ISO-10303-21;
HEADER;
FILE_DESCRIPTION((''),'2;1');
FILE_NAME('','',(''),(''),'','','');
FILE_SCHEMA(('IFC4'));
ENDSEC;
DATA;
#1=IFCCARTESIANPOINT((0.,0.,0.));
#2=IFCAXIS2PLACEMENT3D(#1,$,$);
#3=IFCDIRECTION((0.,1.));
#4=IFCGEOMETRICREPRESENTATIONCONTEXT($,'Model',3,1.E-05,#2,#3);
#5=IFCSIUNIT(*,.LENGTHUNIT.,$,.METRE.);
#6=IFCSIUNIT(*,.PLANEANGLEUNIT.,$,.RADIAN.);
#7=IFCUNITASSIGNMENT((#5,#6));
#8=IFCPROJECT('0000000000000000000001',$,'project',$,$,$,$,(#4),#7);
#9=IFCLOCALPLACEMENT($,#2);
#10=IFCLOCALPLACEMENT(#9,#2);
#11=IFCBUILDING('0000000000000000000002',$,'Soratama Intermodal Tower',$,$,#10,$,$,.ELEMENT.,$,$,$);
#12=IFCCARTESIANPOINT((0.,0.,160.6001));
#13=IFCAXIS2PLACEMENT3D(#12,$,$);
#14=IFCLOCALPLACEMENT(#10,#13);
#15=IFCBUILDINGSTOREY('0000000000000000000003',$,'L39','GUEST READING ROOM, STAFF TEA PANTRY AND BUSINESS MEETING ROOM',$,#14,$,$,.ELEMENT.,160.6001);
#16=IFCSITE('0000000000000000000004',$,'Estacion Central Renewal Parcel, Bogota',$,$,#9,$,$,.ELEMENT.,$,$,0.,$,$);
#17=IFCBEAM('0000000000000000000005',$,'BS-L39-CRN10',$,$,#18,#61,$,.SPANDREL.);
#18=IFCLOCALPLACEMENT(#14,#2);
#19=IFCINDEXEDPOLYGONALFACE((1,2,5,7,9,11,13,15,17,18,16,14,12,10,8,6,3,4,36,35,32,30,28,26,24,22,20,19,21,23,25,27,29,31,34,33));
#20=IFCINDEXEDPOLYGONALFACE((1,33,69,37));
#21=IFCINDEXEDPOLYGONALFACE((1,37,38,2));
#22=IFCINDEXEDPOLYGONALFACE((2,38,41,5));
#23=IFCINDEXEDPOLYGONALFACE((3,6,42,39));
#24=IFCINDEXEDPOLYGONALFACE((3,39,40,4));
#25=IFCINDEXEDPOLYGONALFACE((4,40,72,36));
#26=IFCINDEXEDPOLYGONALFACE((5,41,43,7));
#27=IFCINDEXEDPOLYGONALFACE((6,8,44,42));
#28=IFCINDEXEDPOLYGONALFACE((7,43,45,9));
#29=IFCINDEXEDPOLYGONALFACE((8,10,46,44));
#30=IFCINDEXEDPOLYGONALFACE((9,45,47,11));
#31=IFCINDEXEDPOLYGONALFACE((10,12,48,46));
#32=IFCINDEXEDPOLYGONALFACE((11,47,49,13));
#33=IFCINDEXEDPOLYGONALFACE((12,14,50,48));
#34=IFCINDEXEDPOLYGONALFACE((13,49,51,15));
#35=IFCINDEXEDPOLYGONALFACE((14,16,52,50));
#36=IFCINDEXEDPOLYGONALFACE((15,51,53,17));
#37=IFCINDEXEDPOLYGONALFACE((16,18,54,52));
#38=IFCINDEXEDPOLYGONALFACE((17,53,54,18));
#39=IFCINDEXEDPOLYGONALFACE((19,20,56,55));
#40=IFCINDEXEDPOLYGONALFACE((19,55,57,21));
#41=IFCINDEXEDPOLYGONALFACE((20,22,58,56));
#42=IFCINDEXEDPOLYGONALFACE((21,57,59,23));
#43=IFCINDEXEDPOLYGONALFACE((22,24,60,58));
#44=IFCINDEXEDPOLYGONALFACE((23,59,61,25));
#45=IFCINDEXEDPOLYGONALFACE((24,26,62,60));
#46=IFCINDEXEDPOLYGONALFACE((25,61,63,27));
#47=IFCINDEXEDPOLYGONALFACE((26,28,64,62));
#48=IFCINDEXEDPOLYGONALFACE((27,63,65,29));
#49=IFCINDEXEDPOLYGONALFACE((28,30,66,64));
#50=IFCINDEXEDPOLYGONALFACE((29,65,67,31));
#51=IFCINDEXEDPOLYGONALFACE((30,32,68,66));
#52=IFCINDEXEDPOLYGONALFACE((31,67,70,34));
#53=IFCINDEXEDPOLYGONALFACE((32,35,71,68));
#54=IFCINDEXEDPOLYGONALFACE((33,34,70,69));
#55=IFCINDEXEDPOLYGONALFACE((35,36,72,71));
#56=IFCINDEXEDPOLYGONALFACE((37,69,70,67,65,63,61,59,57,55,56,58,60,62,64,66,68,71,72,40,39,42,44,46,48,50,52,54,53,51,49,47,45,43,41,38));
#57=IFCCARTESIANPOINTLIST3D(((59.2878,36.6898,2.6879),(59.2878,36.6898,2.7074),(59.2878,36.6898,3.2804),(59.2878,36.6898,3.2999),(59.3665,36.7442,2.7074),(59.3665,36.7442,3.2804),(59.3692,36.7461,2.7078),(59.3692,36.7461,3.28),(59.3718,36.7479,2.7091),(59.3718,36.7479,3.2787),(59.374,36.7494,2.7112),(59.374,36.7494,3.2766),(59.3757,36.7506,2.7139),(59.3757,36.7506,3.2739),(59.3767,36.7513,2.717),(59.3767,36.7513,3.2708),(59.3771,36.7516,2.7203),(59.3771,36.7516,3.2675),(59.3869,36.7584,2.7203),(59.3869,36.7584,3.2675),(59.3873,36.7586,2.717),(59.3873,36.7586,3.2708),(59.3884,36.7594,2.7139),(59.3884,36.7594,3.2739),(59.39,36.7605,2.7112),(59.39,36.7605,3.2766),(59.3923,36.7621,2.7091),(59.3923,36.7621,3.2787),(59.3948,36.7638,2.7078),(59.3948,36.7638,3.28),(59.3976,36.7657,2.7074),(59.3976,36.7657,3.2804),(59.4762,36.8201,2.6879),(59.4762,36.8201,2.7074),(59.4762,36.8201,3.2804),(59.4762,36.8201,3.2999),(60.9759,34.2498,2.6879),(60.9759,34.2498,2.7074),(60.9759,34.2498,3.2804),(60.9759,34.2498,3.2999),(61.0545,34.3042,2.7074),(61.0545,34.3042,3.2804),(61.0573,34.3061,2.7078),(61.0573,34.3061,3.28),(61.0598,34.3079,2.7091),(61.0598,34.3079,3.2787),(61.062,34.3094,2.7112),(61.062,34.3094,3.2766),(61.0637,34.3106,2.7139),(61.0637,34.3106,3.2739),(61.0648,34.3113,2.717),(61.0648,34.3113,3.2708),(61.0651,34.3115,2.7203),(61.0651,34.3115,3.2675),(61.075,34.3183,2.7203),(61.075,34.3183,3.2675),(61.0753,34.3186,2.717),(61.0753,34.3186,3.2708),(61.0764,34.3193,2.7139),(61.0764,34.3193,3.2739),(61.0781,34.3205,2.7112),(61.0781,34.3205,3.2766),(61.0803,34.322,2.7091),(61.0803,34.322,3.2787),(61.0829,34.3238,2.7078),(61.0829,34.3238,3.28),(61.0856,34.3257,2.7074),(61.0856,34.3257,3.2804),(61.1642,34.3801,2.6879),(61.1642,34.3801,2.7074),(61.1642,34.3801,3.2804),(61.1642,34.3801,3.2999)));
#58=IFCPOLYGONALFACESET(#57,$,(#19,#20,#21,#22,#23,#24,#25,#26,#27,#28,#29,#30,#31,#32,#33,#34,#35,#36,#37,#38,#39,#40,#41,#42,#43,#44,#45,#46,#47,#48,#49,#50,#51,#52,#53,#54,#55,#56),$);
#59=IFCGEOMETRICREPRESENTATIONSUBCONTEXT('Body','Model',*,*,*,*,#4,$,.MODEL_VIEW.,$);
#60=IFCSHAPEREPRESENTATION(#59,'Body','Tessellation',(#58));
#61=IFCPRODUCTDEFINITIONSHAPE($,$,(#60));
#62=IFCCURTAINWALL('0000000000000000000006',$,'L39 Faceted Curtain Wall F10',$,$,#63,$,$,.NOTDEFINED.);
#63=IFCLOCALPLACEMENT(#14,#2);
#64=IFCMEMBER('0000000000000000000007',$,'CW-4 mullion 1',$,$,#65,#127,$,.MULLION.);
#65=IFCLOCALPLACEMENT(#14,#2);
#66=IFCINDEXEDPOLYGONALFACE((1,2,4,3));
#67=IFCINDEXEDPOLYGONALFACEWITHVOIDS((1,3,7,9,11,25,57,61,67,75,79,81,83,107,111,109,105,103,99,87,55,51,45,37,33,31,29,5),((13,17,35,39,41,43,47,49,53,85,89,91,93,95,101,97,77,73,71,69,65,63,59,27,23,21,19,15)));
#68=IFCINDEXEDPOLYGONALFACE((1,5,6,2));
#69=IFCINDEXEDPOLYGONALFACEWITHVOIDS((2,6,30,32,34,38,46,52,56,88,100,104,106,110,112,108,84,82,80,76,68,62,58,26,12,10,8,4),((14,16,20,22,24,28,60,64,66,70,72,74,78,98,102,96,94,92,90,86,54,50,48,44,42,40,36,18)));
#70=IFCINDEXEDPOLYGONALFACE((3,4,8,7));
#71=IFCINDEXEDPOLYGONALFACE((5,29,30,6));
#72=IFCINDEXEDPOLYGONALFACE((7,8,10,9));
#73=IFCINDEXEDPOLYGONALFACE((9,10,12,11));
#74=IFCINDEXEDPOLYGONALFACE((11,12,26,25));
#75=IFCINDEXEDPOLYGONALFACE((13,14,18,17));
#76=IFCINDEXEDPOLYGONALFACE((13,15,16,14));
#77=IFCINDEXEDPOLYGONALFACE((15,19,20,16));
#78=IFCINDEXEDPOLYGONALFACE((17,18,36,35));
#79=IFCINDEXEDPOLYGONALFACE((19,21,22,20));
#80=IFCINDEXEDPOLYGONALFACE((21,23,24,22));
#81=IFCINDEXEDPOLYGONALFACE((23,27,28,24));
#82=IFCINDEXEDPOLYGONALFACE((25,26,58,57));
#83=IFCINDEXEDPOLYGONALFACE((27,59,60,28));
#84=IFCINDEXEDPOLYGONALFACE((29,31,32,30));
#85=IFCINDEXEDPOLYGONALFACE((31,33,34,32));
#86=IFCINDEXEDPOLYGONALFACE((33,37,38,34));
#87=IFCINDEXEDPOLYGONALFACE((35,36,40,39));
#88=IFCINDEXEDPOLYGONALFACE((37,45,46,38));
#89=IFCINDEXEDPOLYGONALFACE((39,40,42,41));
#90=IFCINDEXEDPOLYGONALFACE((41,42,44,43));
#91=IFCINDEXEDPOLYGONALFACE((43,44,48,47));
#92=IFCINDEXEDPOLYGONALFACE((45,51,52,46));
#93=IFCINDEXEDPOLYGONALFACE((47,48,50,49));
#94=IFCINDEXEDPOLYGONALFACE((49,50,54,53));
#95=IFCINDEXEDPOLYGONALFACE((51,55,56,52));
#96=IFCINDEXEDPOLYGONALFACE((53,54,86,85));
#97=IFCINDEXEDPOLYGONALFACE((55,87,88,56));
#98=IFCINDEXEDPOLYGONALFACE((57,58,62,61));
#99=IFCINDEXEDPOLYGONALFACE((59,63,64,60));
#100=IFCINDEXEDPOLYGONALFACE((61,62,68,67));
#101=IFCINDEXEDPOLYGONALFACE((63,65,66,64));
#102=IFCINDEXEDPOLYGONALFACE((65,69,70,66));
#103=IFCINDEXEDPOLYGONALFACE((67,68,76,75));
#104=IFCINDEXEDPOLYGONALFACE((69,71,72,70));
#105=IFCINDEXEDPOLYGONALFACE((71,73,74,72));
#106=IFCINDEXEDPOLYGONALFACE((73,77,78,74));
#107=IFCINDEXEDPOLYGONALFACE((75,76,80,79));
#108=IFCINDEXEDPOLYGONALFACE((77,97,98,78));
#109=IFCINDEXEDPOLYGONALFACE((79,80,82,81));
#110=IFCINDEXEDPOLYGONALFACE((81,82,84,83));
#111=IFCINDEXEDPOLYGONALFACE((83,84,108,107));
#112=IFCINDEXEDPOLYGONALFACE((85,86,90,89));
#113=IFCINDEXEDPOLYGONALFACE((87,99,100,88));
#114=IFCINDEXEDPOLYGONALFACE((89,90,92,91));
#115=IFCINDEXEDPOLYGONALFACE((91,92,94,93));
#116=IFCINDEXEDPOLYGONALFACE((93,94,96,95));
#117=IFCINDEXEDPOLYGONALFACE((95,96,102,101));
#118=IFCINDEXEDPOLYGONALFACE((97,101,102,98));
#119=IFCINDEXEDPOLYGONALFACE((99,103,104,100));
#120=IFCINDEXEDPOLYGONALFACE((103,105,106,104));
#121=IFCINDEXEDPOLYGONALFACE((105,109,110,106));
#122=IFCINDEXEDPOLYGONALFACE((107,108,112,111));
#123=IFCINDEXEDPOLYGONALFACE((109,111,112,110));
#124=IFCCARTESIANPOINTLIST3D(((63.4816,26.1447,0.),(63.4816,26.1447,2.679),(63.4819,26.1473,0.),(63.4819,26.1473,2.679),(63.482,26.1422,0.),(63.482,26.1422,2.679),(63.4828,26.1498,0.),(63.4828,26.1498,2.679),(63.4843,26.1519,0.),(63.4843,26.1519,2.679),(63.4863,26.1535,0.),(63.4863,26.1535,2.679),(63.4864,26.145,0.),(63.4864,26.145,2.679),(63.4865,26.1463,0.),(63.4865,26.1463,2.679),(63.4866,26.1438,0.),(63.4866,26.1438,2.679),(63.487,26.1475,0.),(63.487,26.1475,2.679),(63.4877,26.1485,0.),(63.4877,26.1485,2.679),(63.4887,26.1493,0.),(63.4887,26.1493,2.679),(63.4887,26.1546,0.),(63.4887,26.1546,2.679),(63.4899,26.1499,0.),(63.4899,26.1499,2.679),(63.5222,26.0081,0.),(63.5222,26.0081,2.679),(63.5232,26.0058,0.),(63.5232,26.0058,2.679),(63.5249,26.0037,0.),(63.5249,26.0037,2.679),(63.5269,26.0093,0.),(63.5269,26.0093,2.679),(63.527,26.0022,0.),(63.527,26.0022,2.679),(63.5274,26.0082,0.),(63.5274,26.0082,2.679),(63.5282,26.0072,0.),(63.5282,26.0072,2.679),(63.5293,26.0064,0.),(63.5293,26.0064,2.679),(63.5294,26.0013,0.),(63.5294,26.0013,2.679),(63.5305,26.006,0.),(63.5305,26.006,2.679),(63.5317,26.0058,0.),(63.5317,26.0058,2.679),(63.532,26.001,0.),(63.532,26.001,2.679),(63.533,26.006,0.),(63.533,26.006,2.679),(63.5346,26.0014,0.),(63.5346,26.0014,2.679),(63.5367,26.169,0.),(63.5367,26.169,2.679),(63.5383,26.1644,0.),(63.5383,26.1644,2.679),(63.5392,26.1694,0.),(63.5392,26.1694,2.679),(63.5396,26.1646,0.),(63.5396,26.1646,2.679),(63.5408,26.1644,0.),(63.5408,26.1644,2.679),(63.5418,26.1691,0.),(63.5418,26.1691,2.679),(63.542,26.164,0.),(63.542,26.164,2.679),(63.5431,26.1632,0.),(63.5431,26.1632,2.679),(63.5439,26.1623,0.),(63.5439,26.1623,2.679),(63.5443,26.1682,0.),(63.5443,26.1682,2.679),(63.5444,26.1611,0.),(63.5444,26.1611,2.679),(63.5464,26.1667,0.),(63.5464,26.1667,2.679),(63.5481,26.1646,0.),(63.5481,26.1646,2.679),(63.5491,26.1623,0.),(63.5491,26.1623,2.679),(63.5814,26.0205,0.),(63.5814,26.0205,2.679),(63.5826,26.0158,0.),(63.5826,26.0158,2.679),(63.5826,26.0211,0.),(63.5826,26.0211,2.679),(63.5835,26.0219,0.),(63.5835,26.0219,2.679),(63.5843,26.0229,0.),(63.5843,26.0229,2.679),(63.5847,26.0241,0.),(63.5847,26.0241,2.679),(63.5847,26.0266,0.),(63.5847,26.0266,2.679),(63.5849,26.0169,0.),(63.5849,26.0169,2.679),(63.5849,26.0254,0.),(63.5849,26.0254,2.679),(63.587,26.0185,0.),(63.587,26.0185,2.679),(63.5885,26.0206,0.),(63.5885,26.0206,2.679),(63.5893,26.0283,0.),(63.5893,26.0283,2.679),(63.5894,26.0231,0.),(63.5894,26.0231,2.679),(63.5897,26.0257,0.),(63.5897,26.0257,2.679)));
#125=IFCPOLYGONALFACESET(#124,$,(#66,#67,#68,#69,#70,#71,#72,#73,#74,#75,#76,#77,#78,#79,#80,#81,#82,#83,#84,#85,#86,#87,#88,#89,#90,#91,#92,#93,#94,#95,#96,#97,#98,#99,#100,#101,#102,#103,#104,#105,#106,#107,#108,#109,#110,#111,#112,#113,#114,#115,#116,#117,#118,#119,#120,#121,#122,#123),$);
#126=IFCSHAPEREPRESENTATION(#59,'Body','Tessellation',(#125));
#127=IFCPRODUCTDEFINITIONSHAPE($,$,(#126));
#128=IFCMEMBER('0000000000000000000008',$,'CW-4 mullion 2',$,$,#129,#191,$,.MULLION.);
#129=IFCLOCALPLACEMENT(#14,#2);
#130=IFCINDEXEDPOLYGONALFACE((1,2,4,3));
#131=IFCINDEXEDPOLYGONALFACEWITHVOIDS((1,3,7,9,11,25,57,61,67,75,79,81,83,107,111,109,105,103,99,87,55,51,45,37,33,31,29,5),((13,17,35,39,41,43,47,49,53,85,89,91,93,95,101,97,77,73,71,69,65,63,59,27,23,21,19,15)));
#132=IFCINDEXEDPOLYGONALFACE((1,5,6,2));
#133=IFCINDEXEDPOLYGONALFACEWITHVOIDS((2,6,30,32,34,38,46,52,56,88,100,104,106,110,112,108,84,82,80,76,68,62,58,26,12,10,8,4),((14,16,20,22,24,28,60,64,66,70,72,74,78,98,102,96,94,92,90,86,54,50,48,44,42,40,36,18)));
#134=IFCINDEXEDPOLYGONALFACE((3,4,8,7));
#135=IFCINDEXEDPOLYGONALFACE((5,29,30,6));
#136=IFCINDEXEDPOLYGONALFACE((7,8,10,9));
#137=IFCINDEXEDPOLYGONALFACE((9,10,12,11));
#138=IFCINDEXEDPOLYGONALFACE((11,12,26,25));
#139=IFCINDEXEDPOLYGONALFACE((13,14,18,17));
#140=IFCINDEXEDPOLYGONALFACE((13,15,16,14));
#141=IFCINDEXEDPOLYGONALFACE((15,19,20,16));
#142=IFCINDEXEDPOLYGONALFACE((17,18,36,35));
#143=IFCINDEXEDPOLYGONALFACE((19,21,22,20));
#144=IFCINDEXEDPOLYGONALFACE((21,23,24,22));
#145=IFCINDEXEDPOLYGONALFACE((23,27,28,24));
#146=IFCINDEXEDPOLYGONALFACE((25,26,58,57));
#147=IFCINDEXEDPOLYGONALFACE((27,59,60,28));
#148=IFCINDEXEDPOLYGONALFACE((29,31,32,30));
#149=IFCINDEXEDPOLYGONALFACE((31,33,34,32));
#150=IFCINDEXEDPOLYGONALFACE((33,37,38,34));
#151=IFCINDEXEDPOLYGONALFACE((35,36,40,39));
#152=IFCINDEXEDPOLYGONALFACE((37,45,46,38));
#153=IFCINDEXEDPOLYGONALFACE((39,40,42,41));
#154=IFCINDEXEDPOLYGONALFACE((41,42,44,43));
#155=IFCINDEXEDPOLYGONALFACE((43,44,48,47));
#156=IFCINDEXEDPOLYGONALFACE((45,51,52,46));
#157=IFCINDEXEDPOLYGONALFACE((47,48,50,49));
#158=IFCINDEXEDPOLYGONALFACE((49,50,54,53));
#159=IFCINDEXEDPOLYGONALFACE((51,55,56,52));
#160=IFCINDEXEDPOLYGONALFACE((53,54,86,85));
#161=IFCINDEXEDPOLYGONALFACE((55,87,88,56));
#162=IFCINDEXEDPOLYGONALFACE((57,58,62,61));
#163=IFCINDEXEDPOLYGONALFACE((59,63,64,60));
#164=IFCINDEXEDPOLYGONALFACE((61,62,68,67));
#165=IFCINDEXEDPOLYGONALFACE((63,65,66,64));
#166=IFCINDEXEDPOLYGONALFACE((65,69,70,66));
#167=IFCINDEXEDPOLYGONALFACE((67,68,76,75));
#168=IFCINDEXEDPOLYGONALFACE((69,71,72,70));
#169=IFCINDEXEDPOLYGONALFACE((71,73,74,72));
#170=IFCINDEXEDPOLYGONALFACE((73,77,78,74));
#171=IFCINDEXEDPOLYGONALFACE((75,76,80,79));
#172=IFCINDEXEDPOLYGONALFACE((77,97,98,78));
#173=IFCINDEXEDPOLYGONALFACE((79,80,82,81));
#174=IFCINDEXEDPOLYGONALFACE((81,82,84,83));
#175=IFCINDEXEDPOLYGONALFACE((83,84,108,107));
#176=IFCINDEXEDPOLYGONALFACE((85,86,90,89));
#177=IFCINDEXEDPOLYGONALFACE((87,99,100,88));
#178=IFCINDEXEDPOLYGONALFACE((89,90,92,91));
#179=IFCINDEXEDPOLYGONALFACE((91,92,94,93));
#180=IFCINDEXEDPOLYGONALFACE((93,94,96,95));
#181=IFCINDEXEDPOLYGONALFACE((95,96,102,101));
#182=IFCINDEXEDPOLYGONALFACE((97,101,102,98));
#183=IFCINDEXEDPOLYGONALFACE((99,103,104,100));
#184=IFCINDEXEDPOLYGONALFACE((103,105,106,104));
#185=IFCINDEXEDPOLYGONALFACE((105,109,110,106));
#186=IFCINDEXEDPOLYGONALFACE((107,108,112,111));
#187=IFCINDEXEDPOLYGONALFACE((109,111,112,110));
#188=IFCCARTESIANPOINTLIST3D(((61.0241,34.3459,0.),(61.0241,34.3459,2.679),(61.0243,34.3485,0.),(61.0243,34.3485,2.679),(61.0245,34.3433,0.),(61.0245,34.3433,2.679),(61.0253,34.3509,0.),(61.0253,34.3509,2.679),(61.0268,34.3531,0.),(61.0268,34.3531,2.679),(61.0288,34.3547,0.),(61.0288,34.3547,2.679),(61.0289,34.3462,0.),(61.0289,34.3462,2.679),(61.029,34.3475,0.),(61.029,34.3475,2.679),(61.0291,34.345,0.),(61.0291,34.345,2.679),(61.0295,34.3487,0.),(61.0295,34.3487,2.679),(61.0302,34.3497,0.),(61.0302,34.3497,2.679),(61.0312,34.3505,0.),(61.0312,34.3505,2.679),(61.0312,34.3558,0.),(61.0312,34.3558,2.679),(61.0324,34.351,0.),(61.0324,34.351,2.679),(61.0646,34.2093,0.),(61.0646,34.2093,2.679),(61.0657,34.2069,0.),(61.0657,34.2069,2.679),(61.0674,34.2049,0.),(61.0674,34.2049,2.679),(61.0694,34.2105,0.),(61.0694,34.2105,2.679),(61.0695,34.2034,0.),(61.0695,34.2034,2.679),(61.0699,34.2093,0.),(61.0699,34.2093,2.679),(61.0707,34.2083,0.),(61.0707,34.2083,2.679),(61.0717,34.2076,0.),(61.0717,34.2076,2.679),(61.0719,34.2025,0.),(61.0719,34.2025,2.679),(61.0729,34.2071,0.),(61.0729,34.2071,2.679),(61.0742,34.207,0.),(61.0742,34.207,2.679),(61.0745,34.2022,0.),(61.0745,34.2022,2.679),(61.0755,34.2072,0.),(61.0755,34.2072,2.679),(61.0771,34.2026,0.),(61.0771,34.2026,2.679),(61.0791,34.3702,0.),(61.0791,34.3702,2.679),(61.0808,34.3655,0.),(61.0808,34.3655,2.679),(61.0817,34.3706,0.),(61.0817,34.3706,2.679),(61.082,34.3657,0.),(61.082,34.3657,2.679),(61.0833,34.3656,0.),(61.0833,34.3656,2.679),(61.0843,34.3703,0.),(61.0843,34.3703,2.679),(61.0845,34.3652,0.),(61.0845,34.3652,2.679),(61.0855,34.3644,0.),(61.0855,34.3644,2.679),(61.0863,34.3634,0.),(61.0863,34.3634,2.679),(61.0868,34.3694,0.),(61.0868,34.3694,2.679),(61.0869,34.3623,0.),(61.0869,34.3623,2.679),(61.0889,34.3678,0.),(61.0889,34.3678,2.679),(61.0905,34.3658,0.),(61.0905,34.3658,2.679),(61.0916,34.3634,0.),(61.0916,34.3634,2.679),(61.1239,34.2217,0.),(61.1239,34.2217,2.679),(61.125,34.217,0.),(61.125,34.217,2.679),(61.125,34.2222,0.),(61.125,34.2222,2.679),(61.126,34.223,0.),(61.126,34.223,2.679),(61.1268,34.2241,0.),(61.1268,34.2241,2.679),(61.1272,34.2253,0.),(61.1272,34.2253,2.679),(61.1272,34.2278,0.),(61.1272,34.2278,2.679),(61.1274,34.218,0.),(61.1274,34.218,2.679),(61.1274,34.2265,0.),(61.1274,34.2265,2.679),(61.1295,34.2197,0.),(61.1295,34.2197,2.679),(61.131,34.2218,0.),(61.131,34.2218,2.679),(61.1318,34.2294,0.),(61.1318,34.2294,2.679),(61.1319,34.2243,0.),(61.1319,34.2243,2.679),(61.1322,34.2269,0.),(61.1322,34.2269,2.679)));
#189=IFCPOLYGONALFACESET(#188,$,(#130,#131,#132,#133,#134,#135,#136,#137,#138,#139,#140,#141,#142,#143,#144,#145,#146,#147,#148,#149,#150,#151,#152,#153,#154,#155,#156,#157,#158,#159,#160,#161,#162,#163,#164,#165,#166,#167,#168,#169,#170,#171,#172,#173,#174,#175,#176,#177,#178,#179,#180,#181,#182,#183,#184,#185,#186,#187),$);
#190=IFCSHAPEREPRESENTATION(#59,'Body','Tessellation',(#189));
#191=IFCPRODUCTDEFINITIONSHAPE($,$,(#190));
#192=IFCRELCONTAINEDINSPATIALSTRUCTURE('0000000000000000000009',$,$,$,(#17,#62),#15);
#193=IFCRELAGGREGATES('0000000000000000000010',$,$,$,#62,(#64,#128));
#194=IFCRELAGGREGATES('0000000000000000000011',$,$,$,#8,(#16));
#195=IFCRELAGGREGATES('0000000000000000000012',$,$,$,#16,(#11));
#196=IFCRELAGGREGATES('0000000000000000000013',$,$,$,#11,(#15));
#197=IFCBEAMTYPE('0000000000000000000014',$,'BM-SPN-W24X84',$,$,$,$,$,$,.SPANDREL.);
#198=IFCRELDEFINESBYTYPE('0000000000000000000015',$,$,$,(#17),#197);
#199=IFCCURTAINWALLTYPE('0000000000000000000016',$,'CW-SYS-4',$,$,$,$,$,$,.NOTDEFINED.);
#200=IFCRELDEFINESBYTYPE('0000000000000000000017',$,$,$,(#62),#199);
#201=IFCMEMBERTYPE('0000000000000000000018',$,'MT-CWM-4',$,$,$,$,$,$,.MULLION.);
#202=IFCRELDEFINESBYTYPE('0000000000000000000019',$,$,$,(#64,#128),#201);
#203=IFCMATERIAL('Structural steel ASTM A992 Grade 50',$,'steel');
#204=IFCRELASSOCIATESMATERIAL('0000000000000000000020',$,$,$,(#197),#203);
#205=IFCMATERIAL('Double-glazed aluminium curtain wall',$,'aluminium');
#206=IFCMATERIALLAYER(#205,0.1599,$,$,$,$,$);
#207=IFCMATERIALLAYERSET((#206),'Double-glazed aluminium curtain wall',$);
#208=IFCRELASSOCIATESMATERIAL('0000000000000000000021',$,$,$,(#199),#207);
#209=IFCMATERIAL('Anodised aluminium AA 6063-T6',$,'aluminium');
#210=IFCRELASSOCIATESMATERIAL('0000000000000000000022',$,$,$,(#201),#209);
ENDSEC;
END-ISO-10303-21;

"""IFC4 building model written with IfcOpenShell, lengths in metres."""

from ifc_helpers import new_model, si_unit, direction, frame, origin, origin_2d, place, context, subcontext, project, spatial, hollow_rectangle, i_section, extrude, material, layer, layer_set, material_profile, profile_set, type_object, element, aggregate, save


model = new_model("IFC4")

# Units and contexts
model_context = context("Model", 3, precision=1e-05, world=origin(), true_north=direction((0.0, 1.0)))
body_context = subcontext(model_context, "Body", "Model", "MODEL_VIEW")
ifc_project = project(units=[si_unit("LENGTHUNIT", "METRE"), si_unit("PLANEANGLEUNIT", "RADIAN")], contexts=[model_context])

# Site, building, storey
site_placement = place(None, origin())
site = spatial("IfcSite", under=ifc_project, at=site_placement, Name="Estacion Central Renewal Parcel, Bogota", CompositionType="ELEMENT", RefElevation=0.0)
building_placement = place(site_placement, origin())
building = spatial("IfcBuilding", under=site, at=building_placement, Name="Soratama Intermodal Tower", CompositionType="ELEMENT")
storey_placement = place(building_placement, frame((0.0, 0.0, 160.6001)))
storey = spatial("IfcBuildingStorey", under=building, at=storey_placement, Name="L39", Description="GUEST READING ROOM, STAFF TEA PANTRY AND BUSINESS MEETING ROOM", CompositionType="ELEMENT", Elevation=160.6001)

# Beam
ifc_material_1 = material(Name="Structural steel ASTM A992 Grade 50", Category="steel")
ifc_material_profile_1 = material_profile(ifc_material_1, i_section(OverallWidth=0.229, OverallDepth=0.6121, WebThickness=0.012, FlangeThickness=0.0195, FilletRadius=0.0129, at=origin_2d()), Name="W24X84")
ifc_profile_set_1 = profile_set([ifc_material_profile_1], Name="Structural steel ASTM A992 Grade 50")
beam_type_1 = type_object("IfcBeamType", Name="BM-SPN-W24X84", PredefinedType="SPANDREL", material=ifc_profile_set_1)
beam_1_placement = place(storey_placement, frame((61.0701, 34.3149, 2.9939), z_axis=(-0.568936, 0.822382, 0.0), x_axis=(-0.822382, -0.568936, 0.0)))
element("IfcBeam", 1, at=beam_1_placement, inside=storey, type_object=beam_type_1, Name="BS-L39-CRN10", PredefinedType="SPANDREL", context=body_context, shape_type="SweptSolid", body=[
    extrude(i_section(OverallWidth=0.229, OverallDepth=0.6121, WebThickness=0.012, FlangeThickness=0.0195, FilletRadius=0.0129, at=origin_2d()), origin(), (0.0, 0.0, 1.0), 2.967),
])

# Curtain wall, members
ifc_material_2 = material(Name="Double-glazed aluminium curtain wall", Category="aluminium")
ifc_layer_1 = layer(ifc_material_2, 0.1599)
ifc_layer_set_1 = layer_set([ifc_layer_1], Name="Double-glazed aluminium curtain wall")
curtain_wall_type = type_object("IfcCurtainWallType", Name="CW-SYS-4", PredefinedType="NOTDEFINED", material=ifc_layer_set_1)
curtain_wall_placement = place(storey_placement, origin())
curtain_wall = element("IfcCurtainWall", 2, at=curtain_wall_placement, inside=storey, type_object=curtain_wall_type, Name="L39 Faceted Curtain Wall F10", PredefinedType="NOTDEFINED")
ifc_material_3 = material(Name="Anodised aluminium AA 6063-T6", Category="aluminium")
ifc_material_profile_2 = material_profile(ifc_material_3, hollow_rectangle(XDim=0.0701, YDim=0.1599, WallThickness=0.0049, InnerFilletRadius=0.0049, OuterFilletRadius=0.01, at=origin_2d()), Name="CWM160X70X5")
ifc_profile_set_2 = profile_set([ifc_material_profile_2], Name="Anodised aluminium AA 6063-T6")
member_type_1 = type_object("IfcMemberType", Name="MT-CWM-4", PredefinedType="MULLION", material=ifc_profile_set_2)
member_1_placement = place(storey_placement, frame((63.5356, 26.0852, 0.0), z_axis=(0.0, 0.0, 1.0), x_axis=(-0.957922, -0.287028, 0.0)))
member_1 = element("IfcMember", 3, at=member_1_placement, type_object=member_type_1, Name="CW-4 mullion 1", PredefinedType="MULLION", context=body_context, shape_type="SweptSolid", body=[
    extrude(hollow_rectangle(XDim=0.0701, YDim=0.1599, WallThickness=0.0049, InnerFilletRadius=0.0049, OuterFilletRadius=0.01, at=origin_2d()), origin(), (0.0, 0.0, 1.0), 2.679),
])
member_2_placement = place(storey_placement, frame((61.0781, 34.2864, 0.0), z_axis=(0.0, 0.0, 1.0), x_axis=(-0.957922, -0.287028, 0.0)))
member_2 = element("IfcMember", 4, at=member_2_placement, type_object=member_type_1, Name="CW-4 mullion 2", PredefinedType="MULLION", context=body_context, shape_type="SweptSolid", body=[
    extrude(hollow_rectangle(XDim=0.0701, YDim=0.1599, WallThickness=0.0049, InnerFilletRadius=0.0049, OuterFilletRadius=0.01, at=origin_2d()), origin(), (0.0, 0.0, 1.0), 2.679),
])
aggregate(curtain_wall, [member_1, member_2])

save(model, "model.ifc")
